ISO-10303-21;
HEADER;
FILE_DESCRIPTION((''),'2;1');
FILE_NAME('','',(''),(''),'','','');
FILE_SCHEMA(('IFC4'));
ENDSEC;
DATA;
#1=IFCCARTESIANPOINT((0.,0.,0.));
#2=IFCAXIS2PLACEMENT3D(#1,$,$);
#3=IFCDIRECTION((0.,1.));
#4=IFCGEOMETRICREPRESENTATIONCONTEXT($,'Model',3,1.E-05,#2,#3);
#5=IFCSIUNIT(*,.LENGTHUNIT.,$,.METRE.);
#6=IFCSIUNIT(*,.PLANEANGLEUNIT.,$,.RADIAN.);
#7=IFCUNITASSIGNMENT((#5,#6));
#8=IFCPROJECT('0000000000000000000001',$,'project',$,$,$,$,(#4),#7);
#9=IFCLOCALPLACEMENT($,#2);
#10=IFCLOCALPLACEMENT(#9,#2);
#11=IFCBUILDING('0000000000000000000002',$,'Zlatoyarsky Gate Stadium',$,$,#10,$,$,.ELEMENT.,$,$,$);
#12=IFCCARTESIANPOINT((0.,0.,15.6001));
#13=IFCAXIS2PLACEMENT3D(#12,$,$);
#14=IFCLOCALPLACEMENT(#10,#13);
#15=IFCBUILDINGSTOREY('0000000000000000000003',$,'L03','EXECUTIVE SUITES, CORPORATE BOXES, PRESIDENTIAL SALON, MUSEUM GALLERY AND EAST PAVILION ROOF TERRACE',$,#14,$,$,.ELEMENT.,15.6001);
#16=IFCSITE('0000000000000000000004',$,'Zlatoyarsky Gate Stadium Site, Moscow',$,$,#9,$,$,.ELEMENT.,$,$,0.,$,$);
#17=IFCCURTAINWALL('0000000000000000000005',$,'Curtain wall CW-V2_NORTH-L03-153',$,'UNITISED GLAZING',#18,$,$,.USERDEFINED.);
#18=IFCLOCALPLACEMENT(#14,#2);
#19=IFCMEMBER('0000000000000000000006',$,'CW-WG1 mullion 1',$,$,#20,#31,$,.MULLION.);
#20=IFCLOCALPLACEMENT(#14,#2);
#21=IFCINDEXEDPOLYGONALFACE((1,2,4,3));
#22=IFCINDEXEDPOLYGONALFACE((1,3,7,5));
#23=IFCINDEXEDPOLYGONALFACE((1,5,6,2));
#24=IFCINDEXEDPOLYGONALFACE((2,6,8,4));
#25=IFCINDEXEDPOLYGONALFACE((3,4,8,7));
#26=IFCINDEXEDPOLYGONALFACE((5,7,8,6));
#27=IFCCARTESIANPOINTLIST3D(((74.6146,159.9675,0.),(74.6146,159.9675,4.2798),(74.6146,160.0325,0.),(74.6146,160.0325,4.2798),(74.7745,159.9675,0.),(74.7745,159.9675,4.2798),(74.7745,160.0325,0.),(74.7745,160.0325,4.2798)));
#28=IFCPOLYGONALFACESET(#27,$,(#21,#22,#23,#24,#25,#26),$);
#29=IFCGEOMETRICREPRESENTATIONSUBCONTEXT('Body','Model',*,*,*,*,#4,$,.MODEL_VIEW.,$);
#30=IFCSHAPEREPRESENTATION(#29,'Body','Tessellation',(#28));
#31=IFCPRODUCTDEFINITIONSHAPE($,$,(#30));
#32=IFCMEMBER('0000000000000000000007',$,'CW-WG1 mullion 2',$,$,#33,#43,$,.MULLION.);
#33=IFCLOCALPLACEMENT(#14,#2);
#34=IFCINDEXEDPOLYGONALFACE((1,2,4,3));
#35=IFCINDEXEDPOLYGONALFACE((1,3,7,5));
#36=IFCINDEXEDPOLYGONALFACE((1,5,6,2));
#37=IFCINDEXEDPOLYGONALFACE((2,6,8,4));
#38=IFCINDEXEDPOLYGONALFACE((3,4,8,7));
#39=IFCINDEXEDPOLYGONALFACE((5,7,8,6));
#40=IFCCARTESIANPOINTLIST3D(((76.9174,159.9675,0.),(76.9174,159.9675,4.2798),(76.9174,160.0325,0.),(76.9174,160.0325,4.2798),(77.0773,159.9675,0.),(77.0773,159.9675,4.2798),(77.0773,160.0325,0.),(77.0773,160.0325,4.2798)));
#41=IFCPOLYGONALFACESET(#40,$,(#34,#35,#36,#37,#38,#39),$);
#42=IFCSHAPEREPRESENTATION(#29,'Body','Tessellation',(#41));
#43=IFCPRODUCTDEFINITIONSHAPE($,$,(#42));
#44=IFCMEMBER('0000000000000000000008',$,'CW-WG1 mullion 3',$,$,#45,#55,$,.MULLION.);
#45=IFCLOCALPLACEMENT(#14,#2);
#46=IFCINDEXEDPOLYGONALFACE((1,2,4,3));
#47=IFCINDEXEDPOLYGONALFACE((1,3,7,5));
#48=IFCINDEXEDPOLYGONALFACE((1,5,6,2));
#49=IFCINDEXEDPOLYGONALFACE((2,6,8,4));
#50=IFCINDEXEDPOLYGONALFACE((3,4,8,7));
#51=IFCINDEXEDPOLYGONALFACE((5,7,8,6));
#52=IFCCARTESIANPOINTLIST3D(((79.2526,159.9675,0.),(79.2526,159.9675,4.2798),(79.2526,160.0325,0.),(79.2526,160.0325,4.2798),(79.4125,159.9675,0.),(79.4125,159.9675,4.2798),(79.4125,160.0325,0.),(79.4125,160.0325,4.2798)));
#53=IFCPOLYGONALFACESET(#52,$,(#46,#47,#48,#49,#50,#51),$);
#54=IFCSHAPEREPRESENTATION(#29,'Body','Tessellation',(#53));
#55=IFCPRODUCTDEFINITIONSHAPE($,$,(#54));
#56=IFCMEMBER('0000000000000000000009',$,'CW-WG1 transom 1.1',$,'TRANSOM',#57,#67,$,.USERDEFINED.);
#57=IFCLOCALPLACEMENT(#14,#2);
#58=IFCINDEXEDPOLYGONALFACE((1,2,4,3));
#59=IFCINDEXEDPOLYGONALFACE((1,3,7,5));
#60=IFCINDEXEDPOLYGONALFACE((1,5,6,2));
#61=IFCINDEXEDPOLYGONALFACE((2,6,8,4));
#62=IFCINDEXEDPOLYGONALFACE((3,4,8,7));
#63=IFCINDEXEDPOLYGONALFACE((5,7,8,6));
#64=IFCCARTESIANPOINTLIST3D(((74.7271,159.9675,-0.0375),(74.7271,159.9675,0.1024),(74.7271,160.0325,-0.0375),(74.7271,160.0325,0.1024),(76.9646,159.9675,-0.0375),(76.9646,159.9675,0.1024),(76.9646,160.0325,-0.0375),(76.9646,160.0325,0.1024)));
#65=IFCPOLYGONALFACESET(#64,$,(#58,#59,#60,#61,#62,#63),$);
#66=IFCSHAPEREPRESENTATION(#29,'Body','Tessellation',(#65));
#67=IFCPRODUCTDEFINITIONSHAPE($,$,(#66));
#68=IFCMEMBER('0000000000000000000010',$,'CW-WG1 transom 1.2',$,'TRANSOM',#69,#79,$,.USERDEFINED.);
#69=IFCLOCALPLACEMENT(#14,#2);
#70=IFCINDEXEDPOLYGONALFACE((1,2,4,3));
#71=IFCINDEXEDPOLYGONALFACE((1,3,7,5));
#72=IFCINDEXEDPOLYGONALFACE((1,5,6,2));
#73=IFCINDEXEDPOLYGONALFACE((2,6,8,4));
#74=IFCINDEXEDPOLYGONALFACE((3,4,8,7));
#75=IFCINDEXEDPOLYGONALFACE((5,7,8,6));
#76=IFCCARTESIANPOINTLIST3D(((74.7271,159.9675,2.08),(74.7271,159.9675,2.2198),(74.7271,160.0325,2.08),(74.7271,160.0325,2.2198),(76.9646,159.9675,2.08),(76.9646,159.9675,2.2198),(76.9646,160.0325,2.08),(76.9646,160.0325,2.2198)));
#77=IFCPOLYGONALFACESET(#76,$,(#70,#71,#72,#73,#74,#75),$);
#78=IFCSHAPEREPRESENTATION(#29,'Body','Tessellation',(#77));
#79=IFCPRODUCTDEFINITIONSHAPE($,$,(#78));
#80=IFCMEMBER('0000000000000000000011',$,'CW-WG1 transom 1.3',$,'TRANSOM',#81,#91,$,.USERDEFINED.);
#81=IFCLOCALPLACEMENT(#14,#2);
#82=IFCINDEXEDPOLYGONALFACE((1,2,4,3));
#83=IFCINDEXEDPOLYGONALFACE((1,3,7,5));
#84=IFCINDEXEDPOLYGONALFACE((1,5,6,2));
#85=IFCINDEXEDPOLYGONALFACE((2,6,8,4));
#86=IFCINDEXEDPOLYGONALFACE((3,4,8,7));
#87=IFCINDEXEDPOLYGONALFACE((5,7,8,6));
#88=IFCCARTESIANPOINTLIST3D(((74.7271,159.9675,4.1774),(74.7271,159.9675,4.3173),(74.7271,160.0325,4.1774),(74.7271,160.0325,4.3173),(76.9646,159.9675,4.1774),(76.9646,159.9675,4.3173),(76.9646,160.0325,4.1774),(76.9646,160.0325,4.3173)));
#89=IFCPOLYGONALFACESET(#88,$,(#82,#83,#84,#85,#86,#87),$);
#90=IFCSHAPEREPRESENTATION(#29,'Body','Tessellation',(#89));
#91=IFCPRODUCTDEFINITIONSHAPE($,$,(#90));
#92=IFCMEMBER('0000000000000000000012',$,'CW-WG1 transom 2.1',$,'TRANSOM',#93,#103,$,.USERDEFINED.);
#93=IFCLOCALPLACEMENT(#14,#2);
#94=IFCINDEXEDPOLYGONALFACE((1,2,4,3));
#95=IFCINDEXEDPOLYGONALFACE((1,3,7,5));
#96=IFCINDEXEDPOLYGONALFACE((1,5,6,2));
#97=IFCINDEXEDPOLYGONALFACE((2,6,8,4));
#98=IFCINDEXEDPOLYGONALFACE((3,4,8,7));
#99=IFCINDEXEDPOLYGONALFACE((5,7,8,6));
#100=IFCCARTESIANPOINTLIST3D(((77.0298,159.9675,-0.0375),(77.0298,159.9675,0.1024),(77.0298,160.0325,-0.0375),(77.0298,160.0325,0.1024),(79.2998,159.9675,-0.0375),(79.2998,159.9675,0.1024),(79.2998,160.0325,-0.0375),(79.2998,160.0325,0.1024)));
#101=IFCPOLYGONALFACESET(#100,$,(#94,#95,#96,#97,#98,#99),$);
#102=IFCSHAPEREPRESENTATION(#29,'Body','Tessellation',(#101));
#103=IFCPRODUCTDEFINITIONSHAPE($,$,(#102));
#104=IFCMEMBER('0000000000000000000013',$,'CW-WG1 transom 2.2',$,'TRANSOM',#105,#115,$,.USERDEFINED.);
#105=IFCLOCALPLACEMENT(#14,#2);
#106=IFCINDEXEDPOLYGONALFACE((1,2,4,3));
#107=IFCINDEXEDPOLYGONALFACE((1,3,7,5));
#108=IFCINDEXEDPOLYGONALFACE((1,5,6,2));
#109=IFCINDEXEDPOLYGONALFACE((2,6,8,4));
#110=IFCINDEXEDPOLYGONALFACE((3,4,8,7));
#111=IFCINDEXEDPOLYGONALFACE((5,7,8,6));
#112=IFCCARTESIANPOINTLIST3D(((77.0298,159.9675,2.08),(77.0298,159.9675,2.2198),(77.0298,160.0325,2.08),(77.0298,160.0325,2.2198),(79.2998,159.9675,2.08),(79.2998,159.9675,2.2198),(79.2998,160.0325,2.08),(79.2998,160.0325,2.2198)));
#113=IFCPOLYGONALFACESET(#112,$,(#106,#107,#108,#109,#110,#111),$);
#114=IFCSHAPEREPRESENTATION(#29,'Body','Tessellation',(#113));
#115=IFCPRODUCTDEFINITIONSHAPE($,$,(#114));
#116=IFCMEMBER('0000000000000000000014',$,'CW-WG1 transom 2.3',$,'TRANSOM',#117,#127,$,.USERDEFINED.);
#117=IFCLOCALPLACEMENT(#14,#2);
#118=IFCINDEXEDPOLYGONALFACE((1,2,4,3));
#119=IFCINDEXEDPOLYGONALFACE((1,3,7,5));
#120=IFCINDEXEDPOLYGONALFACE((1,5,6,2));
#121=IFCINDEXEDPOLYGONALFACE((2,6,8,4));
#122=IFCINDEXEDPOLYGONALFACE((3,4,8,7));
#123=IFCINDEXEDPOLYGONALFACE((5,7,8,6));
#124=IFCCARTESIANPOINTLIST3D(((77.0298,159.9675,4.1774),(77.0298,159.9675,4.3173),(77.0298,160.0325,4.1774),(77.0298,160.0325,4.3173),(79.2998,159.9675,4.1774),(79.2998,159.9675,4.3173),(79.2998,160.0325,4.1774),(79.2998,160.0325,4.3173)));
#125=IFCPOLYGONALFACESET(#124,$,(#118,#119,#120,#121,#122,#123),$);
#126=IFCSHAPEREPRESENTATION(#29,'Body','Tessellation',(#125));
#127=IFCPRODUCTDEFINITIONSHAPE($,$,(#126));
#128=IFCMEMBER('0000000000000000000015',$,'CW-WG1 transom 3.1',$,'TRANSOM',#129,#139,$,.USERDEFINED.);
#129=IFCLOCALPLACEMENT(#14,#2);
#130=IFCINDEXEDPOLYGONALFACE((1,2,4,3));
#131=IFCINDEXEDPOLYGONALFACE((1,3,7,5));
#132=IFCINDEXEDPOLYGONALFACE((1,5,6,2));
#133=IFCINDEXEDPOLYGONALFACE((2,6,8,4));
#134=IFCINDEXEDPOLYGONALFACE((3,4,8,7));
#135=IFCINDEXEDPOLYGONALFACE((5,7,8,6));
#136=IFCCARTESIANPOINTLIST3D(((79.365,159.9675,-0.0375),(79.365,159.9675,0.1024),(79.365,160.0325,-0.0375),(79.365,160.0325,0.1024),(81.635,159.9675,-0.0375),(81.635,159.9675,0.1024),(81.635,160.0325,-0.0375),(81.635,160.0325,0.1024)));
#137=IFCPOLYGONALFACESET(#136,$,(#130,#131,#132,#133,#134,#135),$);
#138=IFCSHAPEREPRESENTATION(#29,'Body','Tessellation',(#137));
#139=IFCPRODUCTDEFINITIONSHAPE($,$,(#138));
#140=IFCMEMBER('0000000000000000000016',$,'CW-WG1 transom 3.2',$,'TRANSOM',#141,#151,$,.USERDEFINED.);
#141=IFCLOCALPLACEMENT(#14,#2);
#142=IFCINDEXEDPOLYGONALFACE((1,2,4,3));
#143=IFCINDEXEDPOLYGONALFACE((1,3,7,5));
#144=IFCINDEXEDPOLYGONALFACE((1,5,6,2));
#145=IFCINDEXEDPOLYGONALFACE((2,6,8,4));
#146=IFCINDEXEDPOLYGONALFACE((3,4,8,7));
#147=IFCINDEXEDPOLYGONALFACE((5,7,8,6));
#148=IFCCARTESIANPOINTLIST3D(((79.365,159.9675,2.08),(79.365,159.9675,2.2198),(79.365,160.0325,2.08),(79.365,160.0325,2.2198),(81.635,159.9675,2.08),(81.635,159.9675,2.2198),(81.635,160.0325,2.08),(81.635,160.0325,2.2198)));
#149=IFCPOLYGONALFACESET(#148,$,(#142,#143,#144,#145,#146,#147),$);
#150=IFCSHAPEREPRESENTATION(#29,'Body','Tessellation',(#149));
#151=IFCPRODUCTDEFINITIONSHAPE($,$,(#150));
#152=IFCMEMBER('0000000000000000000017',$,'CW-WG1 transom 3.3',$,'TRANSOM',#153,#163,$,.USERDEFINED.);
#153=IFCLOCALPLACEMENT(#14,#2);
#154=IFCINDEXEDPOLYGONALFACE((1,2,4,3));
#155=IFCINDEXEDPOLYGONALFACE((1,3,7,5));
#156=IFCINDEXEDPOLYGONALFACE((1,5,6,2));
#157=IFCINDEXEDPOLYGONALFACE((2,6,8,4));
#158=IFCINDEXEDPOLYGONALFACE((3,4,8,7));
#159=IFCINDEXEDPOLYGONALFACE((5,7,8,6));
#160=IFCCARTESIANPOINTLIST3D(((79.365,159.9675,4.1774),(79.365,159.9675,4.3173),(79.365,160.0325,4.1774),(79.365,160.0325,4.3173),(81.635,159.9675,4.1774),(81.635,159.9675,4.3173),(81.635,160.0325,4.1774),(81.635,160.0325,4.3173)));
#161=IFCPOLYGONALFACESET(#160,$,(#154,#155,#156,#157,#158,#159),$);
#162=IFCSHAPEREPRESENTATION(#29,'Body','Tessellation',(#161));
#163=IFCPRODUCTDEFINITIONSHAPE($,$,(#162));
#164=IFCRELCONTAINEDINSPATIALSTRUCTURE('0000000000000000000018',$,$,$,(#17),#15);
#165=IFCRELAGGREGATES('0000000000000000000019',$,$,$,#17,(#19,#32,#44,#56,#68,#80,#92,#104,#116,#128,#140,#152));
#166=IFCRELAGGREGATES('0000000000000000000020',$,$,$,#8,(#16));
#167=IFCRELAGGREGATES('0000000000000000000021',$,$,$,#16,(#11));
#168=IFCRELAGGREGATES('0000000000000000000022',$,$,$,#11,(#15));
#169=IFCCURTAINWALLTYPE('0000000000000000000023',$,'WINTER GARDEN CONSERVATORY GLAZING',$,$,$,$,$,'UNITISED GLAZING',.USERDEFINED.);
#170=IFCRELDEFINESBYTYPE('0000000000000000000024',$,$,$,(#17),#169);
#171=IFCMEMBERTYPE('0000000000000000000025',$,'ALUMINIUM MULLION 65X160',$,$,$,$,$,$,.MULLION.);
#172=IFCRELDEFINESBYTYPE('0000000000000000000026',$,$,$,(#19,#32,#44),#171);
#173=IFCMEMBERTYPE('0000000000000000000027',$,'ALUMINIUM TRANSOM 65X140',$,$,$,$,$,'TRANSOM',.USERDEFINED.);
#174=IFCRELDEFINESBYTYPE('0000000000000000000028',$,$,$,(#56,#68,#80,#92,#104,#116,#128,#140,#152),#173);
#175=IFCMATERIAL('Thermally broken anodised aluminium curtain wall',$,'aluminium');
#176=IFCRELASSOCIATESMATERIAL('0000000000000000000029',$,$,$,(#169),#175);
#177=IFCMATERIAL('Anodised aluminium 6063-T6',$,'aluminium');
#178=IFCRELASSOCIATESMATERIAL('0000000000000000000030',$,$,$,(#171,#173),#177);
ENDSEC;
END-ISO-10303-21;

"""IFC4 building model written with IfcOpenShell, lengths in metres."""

from ifc_helpers import new_model, si_unit, direction, frame, origin, origin_2d, place, context, subcontext, project, spatial, rectangle, extrude, material, material_profile, profile_set, type_object, element, aggregate, save


model = new_model("IFC4")

# Units and contexts
model_context = context("Model", 3, precision=1e-05, world=origin(), true_north=direction((0.0, 1.0)))
body_context = subcontext(model_context, "Body", "Model", "MODEL_VIEW")
ifc_project = project(units=[si_unit("LENGTHUNIT", "METRE"), si_unit("PLANEANGLEUNIT", "RADIAN")], contexts=[model_context])

# Site, building, storey
site_placement = place(None, origin())
site = spatial("IfcSite", under=ifc_project, at=site_placement, Name="Zlatoyarsky Gate Stadium Site, Moscow", CompositionType="ELEMENT", RefElevation=0.0)
building_placement = place(site_placement, origin())
building = spatial("IfcBuilding", under=site, at=building_placement, Name="Zlatoyarsky Gate Stadium", CompositionType="ELEMENT")
storey_placement = place(building_placement, frame((0.0, 0.0, 15.6001)))
storey = spatial("IfcBuildingStorey", under=building, at=storey_placement, Name="L03", Description="EXECUTIVE SUITES, CORPORATE BOXES, PRESIDENTIAL SALON, MUSEUM GALLERY AND EAST PAVILION ROOF TERRACE", CompositionType="ELEMENT", Elevation=15.6001)

# Curtain wall, members
ifc_material_1 = material(Name="Thermally broken anodised aluminium curtain wall", Category="aluminium")
curtain_wall_type = type_object("IfcCurtainWallType", Name="WINTER GARDEN CONSERVATORY GLAZING", ElementType="UNITISED GLAZING", PredefinedType="USERDEFINED", material=ifc_material_1)
curtain_wall_placement = place(storey_placement, origin())
curtain_wall = element("IfcCurtainWall", 1, at=curtain_wall_placement, inside=storey, type_object=curtain_wall_type, Name="Curtain wall CW-V2_NORTH-L03-153", ObjectType="UNITISED GLAZING", PredefinedType="USERDEFINED")
ifc_material_2 = material(Name="Anodised aluminium 6063-T6", Category="aluminium")
ifc_material_profile_1 = material_profile(ifc_material_2, rectangle(XDim=0.0649, YDim=0.1599, at=origin_2d()), Name="ALU 65X160")
ifc_profile_set_1 = profile_set([ifc_material_profile_1], Name="Anodised aluminium 6063-T6")
member_type_1 = type_object("IfcMemberType", Name="ALUMINIUM MULLION 65X160", PredefinedType="MULLION", material=ifc_profile_set_1)
member_1_placement = place(storey_placement, frame((74.6946, 160.0, 0.0), z_axis=(0.0, 0.0, 1.0), x_axis=(0.0, 1.0, 0.0)))
member_1 = element("IfcMember", 2, at=member_1_placement, type_object=member_type_1, Name="CW-WG1 mullion 1", PredefinedType="MULLION", context=body_context, shape_type="SweptSolid", body=[
    extrude(rectangle(XDim=0.0649, YDim=0.1599, at=origin_2d()), origin(), (0.0, 0.0, 1.0), 4.2798),
])
member_2_placement = place(storey_placement, frame((76.9973, 160.0, 0.0), z_axis=(0.0, 0.0, 1.0), x_axis=(0.0, 1.0, 0.0)))
member_2 = element("IfcMember", 3, at=member_2_placement, type_object=member_type_1, Name="CW-WG1 mullion 2", PredefinedType="MULLION", context=body_context, shape_type="SweptSolid", body=[
    extrude(rectangle(XDim=0.0649, YDim=0.1599, at=origin_2d()), origin(), (0.0, 0.0, 1.0), 4.2798),
])
member_3_placement = place(storey_placement, frame((79.3325, 160.0, 0.0), z_axis=(0.0, 0.0, 1.0), x_axis=(0.0, 1.0, 0.0)))
member_3 = element("IfcMember", 4, at=member_3_placement, type_object=member_type_1, Name="CW-WG1 mullion 3", PredefinedType="MULLION", context=body_context, shape_type="SweptSolid", body=[
    extrude(rectangle(XDim=0.0649, YDim=0.1599, at=origin_2d()), origin(), (0.0, 0.0, 1.0), 4.2798),
])
ifc_material_profile_2 = material_profile(ifc_material_2, rectangle(XDim=0.0649, YDim=0.1399, at=origin_2d()), Name="ALU 65X140")
ifc_profile_set_2 = profile_set([ifc_material_profile_2], Name="Anodised aluminium 6063-T6")
member_type_2 = type_object("IfcMemberType", Name="ALUMINIUM TRANSOM 65X140", ElementType="TRANSOM", PredefinedType="USERDEFINED", material=ifc_profile_set_2)
member_4_placement = place(storey_placement, frame((74.7271, 160.0, 0.0325), z_axis=(1.0, 0.0, 0.0), x_axis=(0.0, 1.0, 0.0)))
member_4 = element("IfcMember", 5, at=member_4_placement, type_object=member_type_2, Name="CW-WG1 transom 1.1", ObjectType="TRANSOM", PredefinedType="USERDEFINED", context=body_context, shape_type="SweptSolid", body=[
    extrude(rectangle(XDim=0.0649, YDim=0.1399, at=origin_2d()), origin(), (0.0, 0.0, 1.0), 2.2375),
])
member_5_placement = place(storey_placement, frame((74.7271, 160.0, 2.1499), z_axis=(1.0, 0.0, 0.0), x_axis=(0.0, 1.0, 0.0)))
member_5 = element("IfcMember", 6, at=member_5_placement, type_object=member_type_2, Name="CW-WG1 transom 1.2", ObjectType="TRANSOM", PredefinedType="USERDEFINED", context=body_context, shape_type="SweptSolid", body=[
    extrude(rectangle(XDim=0.0649, YDim=0.1399, at=origin_2d()), origin(), (0.0, 0.0, 1.0), 2.2375),
])
member_6_placement = place(storey_placement, frame((74.7271, 160.0, 4.2473), z_axis=(1.0, 0.0, 0.0), x_axis=(0.0, 1.0, 0.0)))
member_6 = element("IfcMember", 7, at=member_6_placement, type_object=member_type_2, Name="CW-WG1 transom 1.3", ObjectType="TRANSOM", PredefinedType="USERDEFINED", context=body_context, shape_type="SweptSolid", body=[
    extrude(rectangle(XDim=0.0649, YDim=0.1399, at=origin_2d()), origin(), (0.0, 0.0, 1.0), 2.2375),
])
member_7_placement = place(storey_placement, frame((77.0298, 160.0, 0.0325), z_axis=(1.0, 0.0, 0.0), x_axis=(0.0, 1.0, 0.0)))
member_7 = element("IfcMember", 8, at=member_7_placement, type_object=member_type_2, Name="CW-WG1 transom 2.1", ObjectType="TRANSOM", PredefinedType="USERDEFINED", context=body_context, shape_type="SweptSolid", body=[
    extrude(rectangle(XDim=0.0649, YDim=0.1399, at=origin_2d()), origin(), (0.0, 0.0, 1.0), 2.27),
])
member_8_placement = place(storey_placement, frame((77.0298, 160.0, 2.1499), z_axis=(1.0, 0.0, 0.0), x_axis=(0.0, 1.0, 0.0)))
member_8 = element("IfcMember", 9, at=member_8_placement, type_object=member_type_2, Name="CW-WG1 transom 2.2", ObjectType="TRANSOM", PredefinedType="USERDEFINED", context=body_context, shape_type="SweptSolid", body=[
    extrude(rectangle(XDim=0.0649, YDim=0.1399, at=origin_2d()), origin(), (0.0, 0.0, 1.0), 2.27),
])
member_9_placement = place(storey_placement, frame((77.0298, 160.0, 4.2473), z_axis=(1.0, 0.0, 0.0), x_axis=(0.0, 1.0, 0.0)))
member_9 = element("IfcMember", 10, at=member_9_placement, type_object=member_type_2, Name="CW-WG1 transom 2.3", ObjectType="TRANSOM", PredefinedType="USERDEFINED", context=body_context, shape_type="SweptSolid", body=[
    extrude(rectangle(XDim=0.0649, YDim=0.1399, at=origin_2d()), origin(), (0.0, 0.0, 1.0), 2.27),
])
member_10_placement = place(storey_placement, frame((79.365, 160.0, 0.0325), z_axis=(1.0, 0.0, 0.0), x_axis=(0.0, 1.0, 0.0)))
member_10 = element("IfcMember", 11, at=member_10_placement, type_object=member_type_2, Name="CW-WG1 transom 3.1", ObjectType="TRANSOM", PredefinedType="USERDEFINED", context=body_context, shape_type="SweptSolid", body=[
    extrude(rectangle(XDim=0.0649, YDim=0.1399, at=origin_2d()), origin(), (0.0, 0.0, 1.0), 2.27),
])
member_11_placement = place(storey_placement, frame((79.365, 160.0, 2.1499), z_axis=(1.0, 0.0, 0.0), x_axis=(0.0, 1.0, 0.0)))
member_11 = element("IfcMember", 12, at=member_11_placement, type_object=member_type_2, Name="CW-WG1 transom 3.2", ObjectType="TRANSOM", PredefinedType="USERDEFINED", context=body_context, shape_type="SweptSolid", body=[
    extrude(rectangle(XDim=0.0649, YDim=0.1399, at=origin_2d()), origin(), (0.0, 0.0, 1.0), 2.27),
])
member_12_placement = place(storey_placement, frame((79.365, 160.0, 4.2473), z_axis=(1.0, 0.0, 0.0), x_axis=(0.0, 1.0, 0.0)))
member_12 = element("IfcMember", 13, at=member_12_placement, type_object=member_type_2, Name="CW-WG1 transom 3.3", ObjectType="TRANSOM", PredefinedType="USERDEFINED", context=body_context, shape_type="SweptSolid", body=[
    extrude(rectangle(XDim=0.0649, YDim=0.1399, at=origin_2d()), origin(), (0.0, 0.0, 1.0), 2.27),
])

aggregate(curtain_wall, [member_1, member_2, member_3, member_4, member_5, member_6, member_7, member_8, member_9, member_10, member_11, member_12])

save(model, "model.ifc")
